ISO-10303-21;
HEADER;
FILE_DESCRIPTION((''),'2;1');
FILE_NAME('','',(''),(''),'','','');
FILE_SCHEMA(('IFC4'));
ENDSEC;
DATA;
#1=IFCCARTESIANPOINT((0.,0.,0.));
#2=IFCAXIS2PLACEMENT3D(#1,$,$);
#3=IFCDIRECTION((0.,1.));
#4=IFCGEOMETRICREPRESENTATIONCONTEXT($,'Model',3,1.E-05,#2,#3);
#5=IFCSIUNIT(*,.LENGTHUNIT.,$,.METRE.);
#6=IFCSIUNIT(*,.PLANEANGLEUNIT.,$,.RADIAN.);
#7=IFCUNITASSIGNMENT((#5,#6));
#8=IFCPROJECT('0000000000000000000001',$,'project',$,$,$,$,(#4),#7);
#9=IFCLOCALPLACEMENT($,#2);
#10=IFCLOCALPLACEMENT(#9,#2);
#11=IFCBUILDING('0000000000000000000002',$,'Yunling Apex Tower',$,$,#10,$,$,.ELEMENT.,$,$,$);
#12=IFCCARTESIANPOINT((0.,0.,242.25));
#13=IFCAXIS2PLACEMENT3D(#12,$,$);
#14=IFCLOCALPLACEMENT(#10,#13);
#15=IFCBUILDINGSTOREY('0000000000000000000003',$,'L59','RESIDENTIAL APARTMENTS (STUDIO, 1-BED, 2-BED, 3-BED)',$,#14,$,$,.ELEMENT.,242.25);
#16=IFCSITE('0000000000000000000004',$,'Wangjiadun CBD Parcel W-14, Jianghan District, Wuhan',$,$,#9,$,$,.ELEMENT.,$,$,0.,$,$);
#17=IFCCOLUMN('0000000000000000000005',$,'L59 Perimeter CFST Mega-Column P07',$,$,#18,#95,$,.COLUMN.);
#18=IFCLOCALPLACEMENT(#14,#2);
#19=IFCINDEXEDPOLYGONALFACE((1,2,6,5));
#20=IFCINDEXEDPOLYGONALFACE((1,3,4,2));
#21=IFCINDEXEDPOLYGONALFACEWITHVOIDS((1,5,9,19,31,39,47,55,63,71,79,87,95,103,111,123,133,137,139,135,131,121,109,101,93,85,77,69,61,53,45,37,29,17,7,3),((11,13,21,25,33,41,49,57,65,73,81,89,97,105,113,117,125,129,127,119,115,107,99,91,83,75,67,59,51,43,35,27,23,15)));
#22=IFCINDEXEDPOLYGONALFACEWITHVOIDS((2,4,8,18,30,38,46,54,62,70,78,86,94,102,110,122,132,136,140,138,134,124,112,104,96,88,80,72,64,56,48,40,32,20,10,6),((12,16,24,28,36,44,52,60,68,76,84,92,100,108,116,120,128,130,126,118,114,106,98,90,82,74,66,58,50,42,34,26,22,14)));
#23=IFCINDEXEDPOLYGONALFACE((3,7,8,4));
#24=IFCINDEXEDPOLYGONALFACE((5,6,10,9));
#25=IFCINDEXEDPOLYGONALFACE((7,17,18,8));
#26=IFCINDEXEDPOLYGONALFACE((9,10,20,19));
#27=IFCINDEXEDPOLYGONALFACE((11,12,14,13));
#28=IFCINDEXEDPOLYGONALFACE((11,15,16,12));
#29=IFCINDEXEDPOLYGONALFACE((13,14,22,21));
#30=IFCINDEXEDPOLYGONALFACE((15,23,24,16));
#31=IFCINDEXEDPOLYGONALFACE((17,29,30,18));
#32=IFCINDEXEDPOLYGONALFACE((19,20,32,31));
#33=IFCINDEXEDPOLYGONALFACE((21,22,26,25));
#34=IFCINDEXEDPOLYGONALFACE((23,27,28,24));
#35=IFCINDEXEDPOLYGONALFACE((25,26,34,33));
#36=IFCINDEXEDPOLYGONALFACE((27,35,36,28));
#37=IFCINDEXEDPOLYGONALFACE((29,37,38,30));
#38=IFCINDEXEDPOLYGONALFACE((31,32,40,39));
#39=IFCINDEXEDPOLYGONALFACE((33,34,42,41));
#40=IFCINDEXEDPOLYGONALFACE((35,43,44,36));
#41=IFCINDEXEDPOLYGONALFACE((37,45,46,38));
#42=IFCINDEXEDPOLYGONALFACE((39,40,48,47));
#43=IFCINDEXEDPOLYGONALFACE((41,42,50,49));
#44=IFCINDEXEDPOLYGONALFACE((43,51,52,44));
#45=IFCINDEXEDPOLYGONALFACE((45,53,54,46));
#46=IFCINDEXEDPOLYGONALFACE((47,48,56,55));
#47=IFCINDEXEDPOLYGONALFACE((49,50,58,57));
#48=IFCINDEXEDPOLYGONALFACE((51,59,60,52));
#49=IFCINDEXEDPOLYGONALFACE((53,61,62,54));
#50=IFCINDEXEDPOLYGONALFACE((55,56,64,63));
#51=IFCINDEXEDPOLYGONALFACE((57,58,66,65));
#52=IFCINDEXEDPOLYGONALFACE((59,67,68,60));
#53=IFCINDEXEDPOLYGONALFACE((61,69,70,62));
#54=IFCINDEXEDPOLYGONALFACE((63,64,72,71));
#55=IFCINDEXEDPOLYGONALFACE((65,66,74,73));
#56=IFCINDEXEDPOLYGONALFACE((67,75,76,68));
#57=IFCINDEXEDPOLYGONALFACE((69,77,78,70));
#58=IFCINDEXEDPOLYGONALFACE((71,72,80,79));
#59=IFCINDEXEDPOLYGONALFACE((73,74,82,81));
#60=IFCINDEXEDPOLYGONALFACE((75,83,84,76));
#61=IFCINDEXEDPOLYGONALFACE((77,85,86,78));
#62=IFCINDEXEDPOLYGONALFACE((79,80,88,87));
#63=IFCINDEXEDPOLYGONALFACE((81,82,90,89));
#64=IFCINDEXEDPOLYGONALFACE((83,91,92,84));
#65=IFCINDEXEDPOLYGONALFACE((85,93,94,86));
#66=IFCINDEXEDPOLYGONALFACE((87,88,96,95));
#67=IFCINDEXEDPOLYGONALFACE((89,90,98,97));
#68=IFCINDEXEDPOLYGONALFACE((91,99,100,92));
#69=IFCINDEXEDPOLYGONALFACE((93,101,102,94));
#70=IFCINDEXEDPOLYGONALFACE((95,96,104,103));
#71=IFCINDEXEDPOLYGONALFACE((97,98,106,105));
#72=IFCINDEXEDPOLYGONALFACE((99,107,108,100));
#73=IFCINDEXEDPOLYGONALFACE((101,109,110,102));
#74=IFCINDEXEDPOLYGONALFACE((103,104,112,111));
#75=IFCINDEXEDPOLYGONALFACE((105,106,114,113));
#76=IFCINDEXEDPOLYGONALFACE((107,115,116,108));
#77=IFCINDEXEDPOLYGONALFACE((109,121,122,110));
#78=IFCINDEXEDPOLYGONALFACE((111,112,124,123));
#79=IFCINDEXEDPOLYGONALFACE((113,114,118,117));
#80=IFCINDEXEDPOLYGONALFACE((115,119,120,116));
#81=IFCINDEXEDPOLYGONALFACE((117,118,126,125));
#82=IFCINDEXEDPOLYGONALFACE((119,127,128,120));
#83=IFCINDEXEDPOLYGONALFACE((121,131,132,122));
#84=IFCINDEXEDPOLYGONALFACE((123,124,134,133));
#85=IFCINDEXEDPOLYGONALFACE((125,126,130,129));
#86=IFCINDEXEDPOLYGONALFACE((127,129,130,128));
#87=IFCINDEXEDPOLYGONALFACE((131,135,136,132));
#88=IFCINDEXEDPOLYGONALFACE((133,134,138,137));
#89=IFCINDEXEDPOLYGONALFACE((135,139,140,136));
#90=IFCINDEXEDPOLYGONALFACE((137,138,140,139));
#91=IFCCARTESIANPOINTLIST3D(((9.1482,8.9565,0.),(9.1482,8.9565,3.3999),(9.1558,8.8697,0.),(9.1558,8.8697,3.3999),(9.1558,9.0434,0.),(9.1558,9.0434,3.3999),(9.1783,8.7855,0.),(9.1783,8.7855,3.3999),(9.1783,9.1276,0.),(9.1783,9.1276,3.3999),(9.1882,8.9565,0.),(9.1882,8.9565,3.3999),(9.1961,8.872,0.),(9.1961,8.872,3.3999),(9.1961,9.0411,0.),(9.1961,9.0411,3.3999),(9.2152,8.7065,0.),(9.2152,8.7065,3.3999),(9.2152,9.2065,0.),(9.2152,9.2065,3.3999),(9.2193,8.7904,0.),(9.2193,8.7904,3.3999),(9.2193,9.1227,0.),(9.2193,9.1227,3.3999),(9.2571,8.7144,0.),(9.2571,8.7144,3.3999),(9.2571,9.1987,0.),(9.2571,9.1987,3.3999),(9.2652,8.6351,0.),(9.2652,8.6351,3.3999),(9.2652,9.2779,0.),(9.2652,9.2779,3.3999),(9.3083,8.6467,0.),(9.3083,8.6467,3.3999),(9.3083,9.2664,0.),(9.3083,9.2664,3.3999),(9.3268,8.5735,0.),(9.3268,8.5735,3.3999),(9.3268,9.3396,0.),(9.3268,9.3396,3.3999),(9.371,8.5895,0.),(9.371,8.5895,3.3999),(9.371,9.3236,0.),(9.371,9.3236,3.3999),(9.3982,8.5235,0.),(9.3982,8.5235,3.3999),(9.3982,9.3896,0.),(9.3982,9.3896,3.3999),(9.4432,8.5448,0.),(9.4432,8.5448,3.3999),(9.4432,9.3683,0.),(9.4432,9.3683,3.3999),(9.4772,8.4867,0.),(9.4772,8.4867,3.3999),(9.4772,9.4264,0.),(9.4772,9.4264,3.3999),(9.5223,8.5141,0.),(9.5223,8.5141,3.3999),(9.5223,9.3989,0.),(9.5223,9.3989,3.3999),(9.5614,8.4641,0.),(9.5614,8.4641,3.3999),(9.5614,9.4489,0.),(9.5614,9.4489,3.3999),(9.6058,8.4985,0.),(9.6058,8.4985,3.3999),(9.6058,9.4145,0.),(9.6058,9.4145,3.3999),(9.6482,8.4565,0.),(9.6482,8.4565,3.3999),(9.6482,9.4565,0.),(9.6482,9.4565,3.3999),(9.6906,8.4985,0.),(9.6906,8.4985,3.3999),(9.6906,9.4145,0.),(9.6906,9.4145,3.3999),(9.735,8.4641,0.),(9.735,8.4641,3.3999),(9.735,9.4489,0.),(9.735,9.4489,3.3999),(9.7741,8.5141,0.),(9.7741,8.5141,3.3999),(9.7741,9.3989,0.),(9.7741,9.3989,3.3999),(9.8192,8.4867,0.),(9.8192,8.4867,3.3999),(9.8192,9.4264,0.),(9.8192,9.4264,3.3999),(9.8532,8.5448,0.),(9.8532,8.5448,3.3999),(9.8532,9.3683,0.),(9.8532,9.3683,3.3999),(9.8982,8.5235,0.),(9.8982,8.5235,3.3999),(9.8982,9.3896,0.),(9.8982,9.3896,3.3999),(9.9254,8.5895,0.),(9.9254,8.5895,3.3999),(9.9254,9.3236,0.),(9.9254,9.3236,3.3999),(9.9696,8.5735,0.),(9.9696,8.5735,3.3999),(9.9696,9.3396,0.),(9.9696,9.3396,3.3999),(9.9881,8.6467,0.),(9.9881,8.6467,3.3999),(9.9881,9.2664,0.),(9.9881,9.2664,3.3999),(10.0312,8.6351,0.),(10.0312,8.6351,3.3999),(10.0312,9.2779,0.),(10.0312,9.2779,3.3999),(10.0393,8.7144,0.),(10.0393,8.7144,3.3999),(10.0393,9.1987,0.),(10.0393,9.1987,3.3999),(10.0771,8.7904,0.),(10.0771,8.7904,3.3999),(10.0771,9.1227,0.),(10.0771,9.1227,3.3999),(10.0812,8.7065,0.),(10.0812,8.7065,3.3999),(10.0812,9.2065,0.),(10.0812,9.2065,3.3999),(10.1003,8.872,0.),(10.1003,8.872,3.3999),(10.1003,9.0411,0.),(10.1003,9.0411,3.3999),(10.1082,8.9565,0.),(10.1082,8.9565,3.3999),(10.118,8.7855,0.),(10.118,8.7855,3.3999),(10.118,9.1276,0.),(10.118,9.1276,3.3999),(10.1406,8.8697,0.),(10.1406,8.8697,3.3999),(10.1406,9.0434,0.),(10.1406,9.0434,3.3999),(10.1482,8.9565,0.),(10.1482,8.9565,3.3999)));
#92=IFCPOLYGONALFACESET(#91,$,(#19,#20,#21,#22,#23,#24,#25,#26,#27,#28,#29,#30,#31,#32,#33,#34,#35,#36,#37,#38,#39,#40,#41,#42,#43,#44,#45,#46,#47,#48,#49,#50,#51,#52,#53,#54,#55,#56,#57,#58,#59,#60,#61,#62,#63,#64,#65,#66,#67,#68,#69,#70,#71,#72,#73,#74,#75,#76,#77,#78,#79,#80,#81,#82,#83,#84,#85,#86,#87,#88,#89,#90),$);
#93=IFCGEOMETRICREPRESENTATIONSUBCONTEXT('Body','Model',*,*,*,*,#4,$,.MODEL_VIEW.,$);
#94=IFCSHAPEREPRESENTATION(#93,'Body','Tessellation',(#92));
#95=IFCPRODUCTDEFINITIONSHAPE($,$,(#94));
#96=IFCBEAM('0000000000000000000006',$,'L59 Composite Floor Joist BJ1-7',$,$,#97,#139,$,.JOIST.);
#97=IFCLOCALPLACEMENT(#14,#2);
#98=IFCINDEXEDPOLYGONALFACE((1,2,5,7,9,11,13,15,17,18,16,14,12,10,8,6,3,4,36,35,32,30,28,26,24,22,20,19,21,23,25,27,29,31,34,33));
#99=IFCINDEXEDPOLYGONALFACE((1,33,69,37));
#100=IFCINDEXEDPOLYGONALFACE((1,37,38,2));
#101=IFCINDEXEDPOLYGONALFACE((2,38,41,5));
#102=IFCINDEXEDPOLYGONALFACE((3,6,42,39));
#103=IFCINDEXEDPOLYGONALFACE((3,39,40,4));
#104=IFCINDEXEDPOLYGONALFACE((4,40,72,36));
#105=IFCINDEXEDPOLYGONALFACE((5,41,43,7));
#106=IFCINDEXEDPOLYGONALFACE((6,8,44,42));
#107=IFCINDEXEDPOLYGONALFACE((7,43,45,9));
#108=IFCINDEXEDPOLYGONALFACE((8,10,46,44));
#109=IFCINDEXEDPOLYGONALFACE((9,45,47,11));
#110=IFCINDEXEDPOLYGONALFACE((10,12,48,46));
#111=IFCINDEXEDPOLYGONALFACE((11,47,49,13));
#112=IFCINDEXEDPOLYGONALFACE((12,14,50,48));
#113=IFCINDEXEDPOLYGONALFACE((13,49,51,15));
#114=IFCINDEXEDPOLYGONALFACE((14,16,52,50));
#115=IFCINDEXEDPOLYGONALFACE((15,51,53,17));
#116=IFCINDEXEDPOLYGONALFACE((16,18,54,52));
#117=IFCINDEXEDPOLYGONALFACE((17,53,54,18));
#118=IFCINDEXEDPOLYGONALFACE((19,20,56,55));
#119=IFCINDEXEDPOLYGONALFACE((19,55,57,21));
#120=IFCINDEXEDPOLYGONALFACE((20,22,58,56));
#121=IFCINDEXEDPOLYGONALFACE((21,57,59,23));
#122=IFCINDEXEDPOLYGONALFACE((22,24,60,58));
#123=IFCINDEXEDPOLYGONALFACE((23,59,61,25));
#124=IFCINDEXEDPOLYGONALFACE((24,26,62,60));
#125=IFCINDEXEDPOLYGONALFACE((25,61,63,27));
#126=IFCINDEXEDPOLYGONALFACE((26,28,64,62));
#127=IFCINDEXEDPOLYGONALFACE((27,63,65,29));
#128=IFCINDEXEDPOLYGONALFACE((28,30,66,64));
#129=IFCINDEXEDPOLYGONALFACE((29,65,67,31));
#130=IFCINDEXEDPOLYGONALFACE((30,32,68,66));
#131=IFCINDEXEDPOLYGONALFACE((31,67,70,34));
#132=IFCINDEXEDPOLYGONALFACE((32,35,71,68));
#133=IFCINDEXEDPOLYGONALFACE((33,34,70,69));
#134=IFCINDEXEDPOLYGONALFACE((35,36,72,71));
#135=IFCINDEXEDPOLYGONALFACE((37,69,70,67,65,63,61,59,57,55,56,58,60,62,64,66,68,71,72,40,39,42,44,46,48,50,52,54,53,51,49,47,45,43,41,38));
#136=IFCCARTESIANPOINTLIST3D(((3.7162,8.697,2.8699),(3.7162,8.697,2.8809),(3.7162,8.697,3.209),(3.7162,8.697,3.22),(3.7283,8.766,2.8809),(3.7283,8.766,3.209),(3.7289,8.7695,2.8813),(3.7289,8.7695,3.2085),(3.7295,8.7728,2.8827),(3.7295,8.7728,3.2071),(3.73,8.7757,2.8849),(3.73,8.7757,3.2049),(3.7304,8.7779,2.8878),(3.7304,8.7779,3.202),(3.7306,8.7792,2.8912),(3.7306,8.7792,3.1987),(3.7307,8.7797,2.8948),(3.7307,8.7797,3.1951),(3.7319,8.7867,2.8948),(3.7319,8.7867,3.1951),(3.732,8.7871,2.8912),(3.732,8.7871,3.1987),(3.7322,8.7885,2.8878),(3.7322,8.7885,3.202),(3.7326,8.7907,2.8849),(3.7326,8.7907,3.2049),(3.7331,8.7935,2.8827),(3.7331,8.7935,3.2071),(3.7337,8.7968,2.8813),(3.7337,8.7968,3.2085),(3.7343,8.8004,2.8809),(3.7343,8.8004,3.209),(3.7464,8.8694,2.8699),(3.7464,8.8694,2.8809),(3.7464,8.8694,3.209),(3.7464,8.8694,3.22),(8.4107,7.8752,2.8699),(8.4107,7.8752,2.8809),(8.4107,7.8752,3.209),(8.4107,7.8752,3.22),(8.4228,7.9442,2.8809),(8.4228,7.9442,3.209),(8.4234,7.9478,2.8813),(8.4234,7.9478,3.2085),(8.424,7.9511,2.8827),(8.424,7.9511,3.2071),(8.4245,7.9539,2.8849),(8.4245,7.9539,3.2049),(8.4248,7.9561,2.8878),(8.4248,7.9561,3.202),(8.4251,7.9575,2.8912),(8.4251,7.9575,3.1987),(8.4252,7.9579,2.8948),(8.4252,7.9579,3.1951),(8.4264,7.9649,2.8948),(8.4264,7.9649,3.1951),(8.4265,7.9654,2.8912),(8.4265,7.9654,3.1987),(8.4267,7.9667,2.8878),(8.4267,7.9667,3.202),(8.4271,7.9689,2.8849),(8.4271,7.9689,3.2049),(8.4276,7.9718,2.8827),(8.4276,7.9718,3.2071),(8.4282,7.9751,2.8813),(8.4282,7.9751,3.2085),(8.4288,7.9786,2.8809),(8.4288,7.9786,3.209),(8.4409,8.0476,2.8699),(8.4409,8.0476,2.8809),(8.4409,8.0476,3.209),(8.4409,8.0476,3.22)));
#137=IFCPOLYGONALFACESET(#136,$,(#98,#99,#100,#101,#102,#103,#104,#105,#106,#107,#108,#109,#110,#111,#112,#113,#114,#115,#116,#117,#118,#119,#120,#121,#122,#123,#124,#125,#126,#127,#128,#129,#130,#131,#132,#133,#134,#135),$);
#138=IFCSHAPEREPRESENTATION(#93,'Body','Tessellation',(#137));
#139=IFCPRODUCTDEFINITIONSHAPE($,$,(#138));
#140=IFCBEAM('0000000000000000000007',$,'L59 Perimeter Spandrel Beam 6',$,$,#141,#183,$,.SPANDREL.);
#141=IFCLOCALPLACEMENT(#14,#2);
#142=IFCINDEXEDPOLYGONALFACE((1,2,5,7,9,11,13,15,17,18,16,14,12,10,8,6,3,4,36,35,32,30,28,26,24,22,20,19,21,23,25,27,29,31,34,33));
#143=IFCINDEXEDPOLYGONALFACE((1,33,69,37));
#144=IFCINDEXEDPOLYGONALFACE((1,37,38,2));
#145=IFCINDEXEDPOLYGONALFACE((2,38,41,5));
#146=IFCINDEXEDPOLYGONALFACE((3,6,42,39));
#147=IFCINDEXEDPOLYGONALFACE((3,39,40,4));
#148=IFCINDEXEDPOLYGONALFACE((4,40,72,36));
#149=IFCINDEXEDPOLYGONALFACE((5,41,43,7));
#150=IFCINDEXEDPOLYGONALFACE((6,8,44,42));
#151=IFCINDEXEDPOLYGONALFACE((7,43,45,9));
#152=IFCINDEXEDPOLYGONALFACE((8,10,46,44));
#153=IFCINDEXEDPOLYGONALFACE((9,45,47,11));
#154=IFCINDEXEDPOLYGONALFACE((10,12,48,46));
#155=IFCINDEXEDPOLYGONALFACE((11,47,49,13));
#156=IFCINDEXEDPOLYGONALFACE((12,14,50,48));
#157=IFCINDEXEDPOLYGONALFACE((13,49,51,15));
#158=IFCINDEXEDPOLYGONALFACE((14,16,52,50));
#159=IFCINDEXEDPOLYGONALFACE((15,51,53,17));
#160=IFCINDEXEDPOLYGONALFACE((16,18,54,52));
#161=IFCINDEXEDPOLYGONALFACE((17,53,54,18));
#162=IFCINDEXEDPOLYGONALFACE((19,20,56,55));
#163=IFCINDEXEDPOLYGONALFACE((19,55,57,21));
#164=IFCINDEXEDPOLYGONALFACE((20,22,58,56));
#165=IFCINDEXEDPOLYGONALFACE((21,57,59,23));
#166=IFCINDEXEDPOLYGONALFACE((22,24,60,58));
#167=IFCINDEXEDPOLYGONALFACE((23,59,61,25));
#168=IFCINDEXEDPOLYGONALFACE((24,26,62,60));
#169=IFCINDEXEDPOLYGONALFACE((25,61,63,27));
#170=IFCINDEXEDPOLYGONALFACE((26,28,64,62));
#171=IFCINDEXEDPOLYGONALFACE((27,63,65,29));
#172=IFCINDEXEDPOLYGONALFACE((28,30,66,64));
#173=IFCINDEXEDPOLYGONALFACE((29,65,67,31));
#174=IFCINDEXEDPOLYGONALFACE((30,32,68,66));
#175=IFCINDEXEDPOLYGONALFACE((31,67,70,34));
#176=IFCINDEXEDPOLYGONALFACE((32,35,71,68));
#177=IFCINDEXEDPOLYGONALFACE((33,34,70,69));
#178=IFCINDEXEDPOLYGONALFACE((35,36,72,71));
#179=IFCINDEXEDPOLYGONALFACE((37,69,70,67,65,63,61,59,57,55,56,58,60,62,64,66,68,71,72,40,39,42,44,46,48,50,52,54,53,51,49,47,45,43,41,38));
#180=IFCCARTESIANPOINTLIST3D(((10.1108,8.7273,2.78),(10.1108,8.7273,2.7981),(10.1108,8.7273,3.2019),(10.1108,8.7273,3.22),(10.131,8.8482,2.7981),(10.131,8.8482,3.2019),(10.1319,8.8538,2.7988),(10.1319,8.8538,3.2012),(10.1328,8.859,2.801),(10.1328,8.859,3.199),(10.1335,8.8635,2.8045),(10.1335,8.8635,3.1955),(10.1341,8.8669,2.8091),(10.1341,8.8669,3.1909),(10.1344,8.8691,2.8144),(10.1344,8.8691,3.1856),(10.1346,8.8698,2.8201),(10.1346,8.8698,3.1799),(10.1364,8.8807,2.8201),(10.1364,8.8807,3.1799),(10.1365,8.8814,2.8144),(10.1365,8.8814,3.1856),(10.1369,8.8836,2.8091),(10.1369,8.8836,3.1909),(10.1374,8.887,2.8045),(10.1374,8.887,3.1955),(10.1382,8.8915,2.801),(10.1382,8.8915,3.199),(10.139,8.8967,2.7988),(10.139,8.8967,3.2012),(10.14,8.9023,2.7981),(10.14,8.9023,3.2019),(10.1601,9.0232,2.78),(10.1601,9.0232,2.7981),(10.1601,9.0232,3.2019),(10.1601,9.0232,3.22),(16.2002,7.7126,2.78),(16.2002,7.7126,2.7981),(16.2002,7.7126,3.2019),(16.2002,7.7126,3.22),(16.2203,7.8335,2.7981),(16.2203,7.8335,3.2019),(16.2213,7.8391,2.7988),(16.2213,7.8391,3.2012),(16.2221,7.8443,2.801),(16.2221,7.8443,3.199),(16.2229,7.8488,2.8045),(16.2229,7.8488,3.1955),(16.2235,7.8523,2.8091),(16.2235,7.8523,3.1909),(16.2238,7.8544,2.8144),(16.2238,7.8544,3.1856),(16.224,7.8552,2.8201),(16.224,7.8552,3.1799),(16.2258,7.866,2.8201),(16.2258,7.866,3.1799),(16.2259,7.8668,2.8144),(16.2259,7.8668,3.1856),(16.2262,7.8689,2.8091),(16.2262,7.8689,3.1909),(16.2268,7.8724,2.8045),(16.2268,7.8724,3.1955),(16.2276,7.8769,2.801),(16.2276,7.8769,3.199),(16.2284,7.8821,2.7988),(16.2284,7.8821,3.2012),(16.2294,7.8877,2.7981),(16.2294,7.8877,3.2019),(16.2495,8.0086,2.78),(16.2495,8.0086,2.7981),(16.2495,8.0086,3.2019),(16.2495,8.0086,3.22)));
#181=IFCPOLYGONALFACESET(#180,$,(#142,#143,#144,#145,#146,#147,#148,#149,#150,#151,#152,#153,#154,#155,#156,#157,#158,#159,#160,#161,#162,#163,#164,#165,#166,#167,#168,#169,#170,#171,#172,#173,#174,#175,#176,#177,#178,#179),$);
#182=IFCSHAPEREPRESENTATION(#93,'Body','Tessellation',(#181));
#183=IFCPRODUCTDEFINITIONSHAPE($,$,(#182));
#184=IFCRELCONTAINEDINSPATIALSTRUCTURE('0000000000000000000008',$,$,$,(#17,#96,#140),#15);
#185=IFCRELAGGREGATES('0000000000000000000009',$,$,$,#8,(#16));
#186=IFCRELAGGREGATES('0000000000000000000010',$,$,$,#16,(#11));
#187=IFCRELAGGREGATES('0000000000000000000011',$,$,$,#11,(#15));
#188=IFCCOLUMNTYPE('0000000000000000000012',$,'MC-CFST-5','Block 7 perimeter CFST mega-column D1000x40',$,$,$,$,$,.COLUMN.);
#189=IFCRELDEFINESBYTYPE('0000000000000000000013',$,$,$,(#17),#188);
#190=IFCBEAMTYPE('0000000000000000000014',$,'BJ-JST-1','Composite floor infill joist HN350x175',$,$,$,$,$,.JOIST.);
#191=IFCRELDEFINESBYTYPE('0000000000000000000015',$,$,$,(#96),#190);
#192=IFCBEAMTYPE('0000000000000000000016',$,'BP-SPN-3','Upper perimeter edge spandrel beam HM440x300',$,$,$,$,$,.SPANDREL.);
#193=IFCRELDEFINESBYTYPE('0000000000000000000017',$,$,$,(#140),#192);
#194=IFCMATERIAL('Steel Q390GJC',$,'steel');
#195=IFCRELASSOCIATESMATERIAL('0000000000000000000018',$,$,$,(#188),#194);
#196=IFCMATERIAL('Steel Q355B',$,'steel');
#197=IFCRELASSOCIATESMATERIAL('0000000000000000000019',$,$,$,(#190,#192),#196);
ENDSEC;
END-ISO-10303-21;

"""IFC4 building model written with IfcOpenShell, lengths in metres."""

from ifc_helpers import new_model, si_unit, direction, frame, origin, origin_2d, place, context, subcontext, project, spatial, hollow_circle, i_section, extrude, source, transform, mapped, material, material_profile, profile_set, type_object, element, save


model = new_model("IFC4")

# Units and contexts
model_context = context("Model", 3, precision=1e-05, world=origin(), true_north=direction((0.0, 1.0)))
body_context = subcontext(model_context, "Body", "Model", "MODEL_VIEW")
ifc_project = project(units=[si_unit("LENGTHUNIT", "METRE"), si_unit("PLANEANGLEUNIT", "RADIAN")], contexts=[model_context])

# Site, building, storey
site_placement = place(None, origin())
site = spatial("IfcSite", under=ifc_project, at=site_placement, Name="Wangjiadun CBD Parcel W-14, Jianghan District, Wuhan", CompositionType="ELEMENT", RefElevation=0.0)
building_placement = place(site_placement, origin())
building = spatial("IfcBuilding", under=site, at=building_placement, Name="Yunling Apex Tower", CompositionType="ELEMENT")
storey_placement = place(building_placement, frame((0.0, 0.0, 242.25)))
storey = spatial("IfcBuildingStorey", under=building, at=storey_placement, Name="L59", Description="RESIDENTIAL APARTMENTS (STUDIO, 1-BED, 2-BED, 3-BED)", CompositionType="ELEMENT", Elevation=242.25)

# Column
ifc_material_1 = material(Name="Steel Q390GJC", Category="steel")
ifc_material_profile_1 = material_profile(ifc_material_1, hollow_circle(Radius=0.5, WallThickness=0.04, at=origin_2d()))
ifc_profile_set_1 = profile_set([ifc_material_profile_1], Name="Steel Q390GJC")
column_type = type_object("IfcColumnType", Name="MC-CFST-5", Description="Block 7 perimeter CFST mega-column D1000x40", PredefinedType="COLUMN", material=ifc_profile_set_1)
shared_shape_1 = source(origin(), body_context, "Body", "SweptSolid", [
    extrude(hollow_circle(Radius=0.5, WallThickness=0.04, at=origin_2d()), origin(), (0.0, 0.0, 1.0), 3.3999),
])
for number, where, z_axis, x_axis, name in (
    (1, (9.6482, 8.9565, 0.0), (0.0, 0.0, 1.0), (1.0, 0.0, 0.0), "L59 Perimeter CFST Mega-Column P07"),
):
    element("IfcColumn", number, at=place(storey_placement, frame(where, z_axis=z_axis, x_axis=x_axis)), inside=storey, type_object=column_type, Name=name, PredefinedType="COLUMN", context=body_context, shape_type="MappedRepresentation", body=[
        mapped(shared_shape_1, transform((0.0, 0.0, 0.0), scale=1.0)),
    ])

# Beams
ifc_material_2 = material(Name="Steel Q355B", Category="steel")
ifc_material_profile_2 = material_profile(ifc_material_2, i_section(OverallWidth=0.175, OverallDepth=0.3501, WebThickness=0.0071, FlangeThickness=0.011, FilletRadius=0.0139, at=origin_2d()))
ifc_profile_set_2 = profile_set([ifc_material_profile_2], Name="Steel Q355B")
beam_type_1 = type_object("IfcBeamType", Name="BJ-JST-1", Description="Composite floor infill joist HN350x175", PredefinedType="JOIST", material=ifc_profile_set_2)
shared_shape_2 = source(origin(), body_context, "Body", "SweptSolid", [
    extrude(i_section(OverallWidth=0.175, OverallDepth=0.3501, WebThickness=0.0071, FlangeThickness=0.011, FilletRadius=0.0139, at=origin_2d()), origin(), (0.0, 0.0, 1.0), 4.7659),
])
beam_1_placement = place(storey_placement, frame((8.4258, 7.9614, 3.0449), z_axis=(-0.985022, 0.172426, 0.0), x_axis=(-0.172426, -0.985022, 0.0)))
element("IfcBeam", 2, at=beam_1_placement, inside=storey, type_object=beam_type_1, Name="L59 Composite Floor Joist BJ1-7", PredefinedType="JOIST", context=body_context, shape_type="MappedRepresentation", body=[
    mapped(shared_shape_2, transform((0.0, 0.0, 0.0), scale=1.0)),
])
ifc_material_profile_3 = material_profile(ifc_material_2, i_section(OverallWidth=0.3, OverallDepth=0.4399, WebThickness=0.011, FlangeThickness=0.0181, FilletRadius=0.022, at=origin_2d()))
ifc_profile_set_3 = profile_set([ifc_material_profile_3], Name="Steel Q355B")
beam_type_2 = type_object("IfcBeamType", Name="BP-SPN-3", Description="Upper perimeter edge spandrel beam HM440x300", PredefinedType="SPANDREL", material=ifc_profile_set_3)
shared_shape_3 = source(origin(), body_context, "Body", "SweptSolid", [
    extrude(i_section(OverallWidth=0.3, OverallDepth=0.4399, WebThickness=0.011, FlangeThickness=0.0181, FilletRadius=0.022, at=origin_2d()), origin(), (0.0, 0.0, 1.0), 6.1733),
])
for number, where, z_axis, x_axis, name in (
    (3, (16.2249, 7.8606, 3.0), (-0.9864, 0.164361, 0.0), (-0.164361, -0.9864, 0.0), "L59 Perimeter Spandrel Beam 6"),
):
    element("IfcBeam", number, at=place(storey_placement, frame(where, z_axis=z_axis, x_axis=x_axis)), inside=storey, type_object=beam_type_2, Name=name, PredefinedType="SPANDREL", context=body_context, shape_type="MappedRepresentation", body=[
        mapped(shared_shape_3, transform((0.0, 0.0, 0.0), scale=1.0)),
    ])

save(model, "model.ifc")
